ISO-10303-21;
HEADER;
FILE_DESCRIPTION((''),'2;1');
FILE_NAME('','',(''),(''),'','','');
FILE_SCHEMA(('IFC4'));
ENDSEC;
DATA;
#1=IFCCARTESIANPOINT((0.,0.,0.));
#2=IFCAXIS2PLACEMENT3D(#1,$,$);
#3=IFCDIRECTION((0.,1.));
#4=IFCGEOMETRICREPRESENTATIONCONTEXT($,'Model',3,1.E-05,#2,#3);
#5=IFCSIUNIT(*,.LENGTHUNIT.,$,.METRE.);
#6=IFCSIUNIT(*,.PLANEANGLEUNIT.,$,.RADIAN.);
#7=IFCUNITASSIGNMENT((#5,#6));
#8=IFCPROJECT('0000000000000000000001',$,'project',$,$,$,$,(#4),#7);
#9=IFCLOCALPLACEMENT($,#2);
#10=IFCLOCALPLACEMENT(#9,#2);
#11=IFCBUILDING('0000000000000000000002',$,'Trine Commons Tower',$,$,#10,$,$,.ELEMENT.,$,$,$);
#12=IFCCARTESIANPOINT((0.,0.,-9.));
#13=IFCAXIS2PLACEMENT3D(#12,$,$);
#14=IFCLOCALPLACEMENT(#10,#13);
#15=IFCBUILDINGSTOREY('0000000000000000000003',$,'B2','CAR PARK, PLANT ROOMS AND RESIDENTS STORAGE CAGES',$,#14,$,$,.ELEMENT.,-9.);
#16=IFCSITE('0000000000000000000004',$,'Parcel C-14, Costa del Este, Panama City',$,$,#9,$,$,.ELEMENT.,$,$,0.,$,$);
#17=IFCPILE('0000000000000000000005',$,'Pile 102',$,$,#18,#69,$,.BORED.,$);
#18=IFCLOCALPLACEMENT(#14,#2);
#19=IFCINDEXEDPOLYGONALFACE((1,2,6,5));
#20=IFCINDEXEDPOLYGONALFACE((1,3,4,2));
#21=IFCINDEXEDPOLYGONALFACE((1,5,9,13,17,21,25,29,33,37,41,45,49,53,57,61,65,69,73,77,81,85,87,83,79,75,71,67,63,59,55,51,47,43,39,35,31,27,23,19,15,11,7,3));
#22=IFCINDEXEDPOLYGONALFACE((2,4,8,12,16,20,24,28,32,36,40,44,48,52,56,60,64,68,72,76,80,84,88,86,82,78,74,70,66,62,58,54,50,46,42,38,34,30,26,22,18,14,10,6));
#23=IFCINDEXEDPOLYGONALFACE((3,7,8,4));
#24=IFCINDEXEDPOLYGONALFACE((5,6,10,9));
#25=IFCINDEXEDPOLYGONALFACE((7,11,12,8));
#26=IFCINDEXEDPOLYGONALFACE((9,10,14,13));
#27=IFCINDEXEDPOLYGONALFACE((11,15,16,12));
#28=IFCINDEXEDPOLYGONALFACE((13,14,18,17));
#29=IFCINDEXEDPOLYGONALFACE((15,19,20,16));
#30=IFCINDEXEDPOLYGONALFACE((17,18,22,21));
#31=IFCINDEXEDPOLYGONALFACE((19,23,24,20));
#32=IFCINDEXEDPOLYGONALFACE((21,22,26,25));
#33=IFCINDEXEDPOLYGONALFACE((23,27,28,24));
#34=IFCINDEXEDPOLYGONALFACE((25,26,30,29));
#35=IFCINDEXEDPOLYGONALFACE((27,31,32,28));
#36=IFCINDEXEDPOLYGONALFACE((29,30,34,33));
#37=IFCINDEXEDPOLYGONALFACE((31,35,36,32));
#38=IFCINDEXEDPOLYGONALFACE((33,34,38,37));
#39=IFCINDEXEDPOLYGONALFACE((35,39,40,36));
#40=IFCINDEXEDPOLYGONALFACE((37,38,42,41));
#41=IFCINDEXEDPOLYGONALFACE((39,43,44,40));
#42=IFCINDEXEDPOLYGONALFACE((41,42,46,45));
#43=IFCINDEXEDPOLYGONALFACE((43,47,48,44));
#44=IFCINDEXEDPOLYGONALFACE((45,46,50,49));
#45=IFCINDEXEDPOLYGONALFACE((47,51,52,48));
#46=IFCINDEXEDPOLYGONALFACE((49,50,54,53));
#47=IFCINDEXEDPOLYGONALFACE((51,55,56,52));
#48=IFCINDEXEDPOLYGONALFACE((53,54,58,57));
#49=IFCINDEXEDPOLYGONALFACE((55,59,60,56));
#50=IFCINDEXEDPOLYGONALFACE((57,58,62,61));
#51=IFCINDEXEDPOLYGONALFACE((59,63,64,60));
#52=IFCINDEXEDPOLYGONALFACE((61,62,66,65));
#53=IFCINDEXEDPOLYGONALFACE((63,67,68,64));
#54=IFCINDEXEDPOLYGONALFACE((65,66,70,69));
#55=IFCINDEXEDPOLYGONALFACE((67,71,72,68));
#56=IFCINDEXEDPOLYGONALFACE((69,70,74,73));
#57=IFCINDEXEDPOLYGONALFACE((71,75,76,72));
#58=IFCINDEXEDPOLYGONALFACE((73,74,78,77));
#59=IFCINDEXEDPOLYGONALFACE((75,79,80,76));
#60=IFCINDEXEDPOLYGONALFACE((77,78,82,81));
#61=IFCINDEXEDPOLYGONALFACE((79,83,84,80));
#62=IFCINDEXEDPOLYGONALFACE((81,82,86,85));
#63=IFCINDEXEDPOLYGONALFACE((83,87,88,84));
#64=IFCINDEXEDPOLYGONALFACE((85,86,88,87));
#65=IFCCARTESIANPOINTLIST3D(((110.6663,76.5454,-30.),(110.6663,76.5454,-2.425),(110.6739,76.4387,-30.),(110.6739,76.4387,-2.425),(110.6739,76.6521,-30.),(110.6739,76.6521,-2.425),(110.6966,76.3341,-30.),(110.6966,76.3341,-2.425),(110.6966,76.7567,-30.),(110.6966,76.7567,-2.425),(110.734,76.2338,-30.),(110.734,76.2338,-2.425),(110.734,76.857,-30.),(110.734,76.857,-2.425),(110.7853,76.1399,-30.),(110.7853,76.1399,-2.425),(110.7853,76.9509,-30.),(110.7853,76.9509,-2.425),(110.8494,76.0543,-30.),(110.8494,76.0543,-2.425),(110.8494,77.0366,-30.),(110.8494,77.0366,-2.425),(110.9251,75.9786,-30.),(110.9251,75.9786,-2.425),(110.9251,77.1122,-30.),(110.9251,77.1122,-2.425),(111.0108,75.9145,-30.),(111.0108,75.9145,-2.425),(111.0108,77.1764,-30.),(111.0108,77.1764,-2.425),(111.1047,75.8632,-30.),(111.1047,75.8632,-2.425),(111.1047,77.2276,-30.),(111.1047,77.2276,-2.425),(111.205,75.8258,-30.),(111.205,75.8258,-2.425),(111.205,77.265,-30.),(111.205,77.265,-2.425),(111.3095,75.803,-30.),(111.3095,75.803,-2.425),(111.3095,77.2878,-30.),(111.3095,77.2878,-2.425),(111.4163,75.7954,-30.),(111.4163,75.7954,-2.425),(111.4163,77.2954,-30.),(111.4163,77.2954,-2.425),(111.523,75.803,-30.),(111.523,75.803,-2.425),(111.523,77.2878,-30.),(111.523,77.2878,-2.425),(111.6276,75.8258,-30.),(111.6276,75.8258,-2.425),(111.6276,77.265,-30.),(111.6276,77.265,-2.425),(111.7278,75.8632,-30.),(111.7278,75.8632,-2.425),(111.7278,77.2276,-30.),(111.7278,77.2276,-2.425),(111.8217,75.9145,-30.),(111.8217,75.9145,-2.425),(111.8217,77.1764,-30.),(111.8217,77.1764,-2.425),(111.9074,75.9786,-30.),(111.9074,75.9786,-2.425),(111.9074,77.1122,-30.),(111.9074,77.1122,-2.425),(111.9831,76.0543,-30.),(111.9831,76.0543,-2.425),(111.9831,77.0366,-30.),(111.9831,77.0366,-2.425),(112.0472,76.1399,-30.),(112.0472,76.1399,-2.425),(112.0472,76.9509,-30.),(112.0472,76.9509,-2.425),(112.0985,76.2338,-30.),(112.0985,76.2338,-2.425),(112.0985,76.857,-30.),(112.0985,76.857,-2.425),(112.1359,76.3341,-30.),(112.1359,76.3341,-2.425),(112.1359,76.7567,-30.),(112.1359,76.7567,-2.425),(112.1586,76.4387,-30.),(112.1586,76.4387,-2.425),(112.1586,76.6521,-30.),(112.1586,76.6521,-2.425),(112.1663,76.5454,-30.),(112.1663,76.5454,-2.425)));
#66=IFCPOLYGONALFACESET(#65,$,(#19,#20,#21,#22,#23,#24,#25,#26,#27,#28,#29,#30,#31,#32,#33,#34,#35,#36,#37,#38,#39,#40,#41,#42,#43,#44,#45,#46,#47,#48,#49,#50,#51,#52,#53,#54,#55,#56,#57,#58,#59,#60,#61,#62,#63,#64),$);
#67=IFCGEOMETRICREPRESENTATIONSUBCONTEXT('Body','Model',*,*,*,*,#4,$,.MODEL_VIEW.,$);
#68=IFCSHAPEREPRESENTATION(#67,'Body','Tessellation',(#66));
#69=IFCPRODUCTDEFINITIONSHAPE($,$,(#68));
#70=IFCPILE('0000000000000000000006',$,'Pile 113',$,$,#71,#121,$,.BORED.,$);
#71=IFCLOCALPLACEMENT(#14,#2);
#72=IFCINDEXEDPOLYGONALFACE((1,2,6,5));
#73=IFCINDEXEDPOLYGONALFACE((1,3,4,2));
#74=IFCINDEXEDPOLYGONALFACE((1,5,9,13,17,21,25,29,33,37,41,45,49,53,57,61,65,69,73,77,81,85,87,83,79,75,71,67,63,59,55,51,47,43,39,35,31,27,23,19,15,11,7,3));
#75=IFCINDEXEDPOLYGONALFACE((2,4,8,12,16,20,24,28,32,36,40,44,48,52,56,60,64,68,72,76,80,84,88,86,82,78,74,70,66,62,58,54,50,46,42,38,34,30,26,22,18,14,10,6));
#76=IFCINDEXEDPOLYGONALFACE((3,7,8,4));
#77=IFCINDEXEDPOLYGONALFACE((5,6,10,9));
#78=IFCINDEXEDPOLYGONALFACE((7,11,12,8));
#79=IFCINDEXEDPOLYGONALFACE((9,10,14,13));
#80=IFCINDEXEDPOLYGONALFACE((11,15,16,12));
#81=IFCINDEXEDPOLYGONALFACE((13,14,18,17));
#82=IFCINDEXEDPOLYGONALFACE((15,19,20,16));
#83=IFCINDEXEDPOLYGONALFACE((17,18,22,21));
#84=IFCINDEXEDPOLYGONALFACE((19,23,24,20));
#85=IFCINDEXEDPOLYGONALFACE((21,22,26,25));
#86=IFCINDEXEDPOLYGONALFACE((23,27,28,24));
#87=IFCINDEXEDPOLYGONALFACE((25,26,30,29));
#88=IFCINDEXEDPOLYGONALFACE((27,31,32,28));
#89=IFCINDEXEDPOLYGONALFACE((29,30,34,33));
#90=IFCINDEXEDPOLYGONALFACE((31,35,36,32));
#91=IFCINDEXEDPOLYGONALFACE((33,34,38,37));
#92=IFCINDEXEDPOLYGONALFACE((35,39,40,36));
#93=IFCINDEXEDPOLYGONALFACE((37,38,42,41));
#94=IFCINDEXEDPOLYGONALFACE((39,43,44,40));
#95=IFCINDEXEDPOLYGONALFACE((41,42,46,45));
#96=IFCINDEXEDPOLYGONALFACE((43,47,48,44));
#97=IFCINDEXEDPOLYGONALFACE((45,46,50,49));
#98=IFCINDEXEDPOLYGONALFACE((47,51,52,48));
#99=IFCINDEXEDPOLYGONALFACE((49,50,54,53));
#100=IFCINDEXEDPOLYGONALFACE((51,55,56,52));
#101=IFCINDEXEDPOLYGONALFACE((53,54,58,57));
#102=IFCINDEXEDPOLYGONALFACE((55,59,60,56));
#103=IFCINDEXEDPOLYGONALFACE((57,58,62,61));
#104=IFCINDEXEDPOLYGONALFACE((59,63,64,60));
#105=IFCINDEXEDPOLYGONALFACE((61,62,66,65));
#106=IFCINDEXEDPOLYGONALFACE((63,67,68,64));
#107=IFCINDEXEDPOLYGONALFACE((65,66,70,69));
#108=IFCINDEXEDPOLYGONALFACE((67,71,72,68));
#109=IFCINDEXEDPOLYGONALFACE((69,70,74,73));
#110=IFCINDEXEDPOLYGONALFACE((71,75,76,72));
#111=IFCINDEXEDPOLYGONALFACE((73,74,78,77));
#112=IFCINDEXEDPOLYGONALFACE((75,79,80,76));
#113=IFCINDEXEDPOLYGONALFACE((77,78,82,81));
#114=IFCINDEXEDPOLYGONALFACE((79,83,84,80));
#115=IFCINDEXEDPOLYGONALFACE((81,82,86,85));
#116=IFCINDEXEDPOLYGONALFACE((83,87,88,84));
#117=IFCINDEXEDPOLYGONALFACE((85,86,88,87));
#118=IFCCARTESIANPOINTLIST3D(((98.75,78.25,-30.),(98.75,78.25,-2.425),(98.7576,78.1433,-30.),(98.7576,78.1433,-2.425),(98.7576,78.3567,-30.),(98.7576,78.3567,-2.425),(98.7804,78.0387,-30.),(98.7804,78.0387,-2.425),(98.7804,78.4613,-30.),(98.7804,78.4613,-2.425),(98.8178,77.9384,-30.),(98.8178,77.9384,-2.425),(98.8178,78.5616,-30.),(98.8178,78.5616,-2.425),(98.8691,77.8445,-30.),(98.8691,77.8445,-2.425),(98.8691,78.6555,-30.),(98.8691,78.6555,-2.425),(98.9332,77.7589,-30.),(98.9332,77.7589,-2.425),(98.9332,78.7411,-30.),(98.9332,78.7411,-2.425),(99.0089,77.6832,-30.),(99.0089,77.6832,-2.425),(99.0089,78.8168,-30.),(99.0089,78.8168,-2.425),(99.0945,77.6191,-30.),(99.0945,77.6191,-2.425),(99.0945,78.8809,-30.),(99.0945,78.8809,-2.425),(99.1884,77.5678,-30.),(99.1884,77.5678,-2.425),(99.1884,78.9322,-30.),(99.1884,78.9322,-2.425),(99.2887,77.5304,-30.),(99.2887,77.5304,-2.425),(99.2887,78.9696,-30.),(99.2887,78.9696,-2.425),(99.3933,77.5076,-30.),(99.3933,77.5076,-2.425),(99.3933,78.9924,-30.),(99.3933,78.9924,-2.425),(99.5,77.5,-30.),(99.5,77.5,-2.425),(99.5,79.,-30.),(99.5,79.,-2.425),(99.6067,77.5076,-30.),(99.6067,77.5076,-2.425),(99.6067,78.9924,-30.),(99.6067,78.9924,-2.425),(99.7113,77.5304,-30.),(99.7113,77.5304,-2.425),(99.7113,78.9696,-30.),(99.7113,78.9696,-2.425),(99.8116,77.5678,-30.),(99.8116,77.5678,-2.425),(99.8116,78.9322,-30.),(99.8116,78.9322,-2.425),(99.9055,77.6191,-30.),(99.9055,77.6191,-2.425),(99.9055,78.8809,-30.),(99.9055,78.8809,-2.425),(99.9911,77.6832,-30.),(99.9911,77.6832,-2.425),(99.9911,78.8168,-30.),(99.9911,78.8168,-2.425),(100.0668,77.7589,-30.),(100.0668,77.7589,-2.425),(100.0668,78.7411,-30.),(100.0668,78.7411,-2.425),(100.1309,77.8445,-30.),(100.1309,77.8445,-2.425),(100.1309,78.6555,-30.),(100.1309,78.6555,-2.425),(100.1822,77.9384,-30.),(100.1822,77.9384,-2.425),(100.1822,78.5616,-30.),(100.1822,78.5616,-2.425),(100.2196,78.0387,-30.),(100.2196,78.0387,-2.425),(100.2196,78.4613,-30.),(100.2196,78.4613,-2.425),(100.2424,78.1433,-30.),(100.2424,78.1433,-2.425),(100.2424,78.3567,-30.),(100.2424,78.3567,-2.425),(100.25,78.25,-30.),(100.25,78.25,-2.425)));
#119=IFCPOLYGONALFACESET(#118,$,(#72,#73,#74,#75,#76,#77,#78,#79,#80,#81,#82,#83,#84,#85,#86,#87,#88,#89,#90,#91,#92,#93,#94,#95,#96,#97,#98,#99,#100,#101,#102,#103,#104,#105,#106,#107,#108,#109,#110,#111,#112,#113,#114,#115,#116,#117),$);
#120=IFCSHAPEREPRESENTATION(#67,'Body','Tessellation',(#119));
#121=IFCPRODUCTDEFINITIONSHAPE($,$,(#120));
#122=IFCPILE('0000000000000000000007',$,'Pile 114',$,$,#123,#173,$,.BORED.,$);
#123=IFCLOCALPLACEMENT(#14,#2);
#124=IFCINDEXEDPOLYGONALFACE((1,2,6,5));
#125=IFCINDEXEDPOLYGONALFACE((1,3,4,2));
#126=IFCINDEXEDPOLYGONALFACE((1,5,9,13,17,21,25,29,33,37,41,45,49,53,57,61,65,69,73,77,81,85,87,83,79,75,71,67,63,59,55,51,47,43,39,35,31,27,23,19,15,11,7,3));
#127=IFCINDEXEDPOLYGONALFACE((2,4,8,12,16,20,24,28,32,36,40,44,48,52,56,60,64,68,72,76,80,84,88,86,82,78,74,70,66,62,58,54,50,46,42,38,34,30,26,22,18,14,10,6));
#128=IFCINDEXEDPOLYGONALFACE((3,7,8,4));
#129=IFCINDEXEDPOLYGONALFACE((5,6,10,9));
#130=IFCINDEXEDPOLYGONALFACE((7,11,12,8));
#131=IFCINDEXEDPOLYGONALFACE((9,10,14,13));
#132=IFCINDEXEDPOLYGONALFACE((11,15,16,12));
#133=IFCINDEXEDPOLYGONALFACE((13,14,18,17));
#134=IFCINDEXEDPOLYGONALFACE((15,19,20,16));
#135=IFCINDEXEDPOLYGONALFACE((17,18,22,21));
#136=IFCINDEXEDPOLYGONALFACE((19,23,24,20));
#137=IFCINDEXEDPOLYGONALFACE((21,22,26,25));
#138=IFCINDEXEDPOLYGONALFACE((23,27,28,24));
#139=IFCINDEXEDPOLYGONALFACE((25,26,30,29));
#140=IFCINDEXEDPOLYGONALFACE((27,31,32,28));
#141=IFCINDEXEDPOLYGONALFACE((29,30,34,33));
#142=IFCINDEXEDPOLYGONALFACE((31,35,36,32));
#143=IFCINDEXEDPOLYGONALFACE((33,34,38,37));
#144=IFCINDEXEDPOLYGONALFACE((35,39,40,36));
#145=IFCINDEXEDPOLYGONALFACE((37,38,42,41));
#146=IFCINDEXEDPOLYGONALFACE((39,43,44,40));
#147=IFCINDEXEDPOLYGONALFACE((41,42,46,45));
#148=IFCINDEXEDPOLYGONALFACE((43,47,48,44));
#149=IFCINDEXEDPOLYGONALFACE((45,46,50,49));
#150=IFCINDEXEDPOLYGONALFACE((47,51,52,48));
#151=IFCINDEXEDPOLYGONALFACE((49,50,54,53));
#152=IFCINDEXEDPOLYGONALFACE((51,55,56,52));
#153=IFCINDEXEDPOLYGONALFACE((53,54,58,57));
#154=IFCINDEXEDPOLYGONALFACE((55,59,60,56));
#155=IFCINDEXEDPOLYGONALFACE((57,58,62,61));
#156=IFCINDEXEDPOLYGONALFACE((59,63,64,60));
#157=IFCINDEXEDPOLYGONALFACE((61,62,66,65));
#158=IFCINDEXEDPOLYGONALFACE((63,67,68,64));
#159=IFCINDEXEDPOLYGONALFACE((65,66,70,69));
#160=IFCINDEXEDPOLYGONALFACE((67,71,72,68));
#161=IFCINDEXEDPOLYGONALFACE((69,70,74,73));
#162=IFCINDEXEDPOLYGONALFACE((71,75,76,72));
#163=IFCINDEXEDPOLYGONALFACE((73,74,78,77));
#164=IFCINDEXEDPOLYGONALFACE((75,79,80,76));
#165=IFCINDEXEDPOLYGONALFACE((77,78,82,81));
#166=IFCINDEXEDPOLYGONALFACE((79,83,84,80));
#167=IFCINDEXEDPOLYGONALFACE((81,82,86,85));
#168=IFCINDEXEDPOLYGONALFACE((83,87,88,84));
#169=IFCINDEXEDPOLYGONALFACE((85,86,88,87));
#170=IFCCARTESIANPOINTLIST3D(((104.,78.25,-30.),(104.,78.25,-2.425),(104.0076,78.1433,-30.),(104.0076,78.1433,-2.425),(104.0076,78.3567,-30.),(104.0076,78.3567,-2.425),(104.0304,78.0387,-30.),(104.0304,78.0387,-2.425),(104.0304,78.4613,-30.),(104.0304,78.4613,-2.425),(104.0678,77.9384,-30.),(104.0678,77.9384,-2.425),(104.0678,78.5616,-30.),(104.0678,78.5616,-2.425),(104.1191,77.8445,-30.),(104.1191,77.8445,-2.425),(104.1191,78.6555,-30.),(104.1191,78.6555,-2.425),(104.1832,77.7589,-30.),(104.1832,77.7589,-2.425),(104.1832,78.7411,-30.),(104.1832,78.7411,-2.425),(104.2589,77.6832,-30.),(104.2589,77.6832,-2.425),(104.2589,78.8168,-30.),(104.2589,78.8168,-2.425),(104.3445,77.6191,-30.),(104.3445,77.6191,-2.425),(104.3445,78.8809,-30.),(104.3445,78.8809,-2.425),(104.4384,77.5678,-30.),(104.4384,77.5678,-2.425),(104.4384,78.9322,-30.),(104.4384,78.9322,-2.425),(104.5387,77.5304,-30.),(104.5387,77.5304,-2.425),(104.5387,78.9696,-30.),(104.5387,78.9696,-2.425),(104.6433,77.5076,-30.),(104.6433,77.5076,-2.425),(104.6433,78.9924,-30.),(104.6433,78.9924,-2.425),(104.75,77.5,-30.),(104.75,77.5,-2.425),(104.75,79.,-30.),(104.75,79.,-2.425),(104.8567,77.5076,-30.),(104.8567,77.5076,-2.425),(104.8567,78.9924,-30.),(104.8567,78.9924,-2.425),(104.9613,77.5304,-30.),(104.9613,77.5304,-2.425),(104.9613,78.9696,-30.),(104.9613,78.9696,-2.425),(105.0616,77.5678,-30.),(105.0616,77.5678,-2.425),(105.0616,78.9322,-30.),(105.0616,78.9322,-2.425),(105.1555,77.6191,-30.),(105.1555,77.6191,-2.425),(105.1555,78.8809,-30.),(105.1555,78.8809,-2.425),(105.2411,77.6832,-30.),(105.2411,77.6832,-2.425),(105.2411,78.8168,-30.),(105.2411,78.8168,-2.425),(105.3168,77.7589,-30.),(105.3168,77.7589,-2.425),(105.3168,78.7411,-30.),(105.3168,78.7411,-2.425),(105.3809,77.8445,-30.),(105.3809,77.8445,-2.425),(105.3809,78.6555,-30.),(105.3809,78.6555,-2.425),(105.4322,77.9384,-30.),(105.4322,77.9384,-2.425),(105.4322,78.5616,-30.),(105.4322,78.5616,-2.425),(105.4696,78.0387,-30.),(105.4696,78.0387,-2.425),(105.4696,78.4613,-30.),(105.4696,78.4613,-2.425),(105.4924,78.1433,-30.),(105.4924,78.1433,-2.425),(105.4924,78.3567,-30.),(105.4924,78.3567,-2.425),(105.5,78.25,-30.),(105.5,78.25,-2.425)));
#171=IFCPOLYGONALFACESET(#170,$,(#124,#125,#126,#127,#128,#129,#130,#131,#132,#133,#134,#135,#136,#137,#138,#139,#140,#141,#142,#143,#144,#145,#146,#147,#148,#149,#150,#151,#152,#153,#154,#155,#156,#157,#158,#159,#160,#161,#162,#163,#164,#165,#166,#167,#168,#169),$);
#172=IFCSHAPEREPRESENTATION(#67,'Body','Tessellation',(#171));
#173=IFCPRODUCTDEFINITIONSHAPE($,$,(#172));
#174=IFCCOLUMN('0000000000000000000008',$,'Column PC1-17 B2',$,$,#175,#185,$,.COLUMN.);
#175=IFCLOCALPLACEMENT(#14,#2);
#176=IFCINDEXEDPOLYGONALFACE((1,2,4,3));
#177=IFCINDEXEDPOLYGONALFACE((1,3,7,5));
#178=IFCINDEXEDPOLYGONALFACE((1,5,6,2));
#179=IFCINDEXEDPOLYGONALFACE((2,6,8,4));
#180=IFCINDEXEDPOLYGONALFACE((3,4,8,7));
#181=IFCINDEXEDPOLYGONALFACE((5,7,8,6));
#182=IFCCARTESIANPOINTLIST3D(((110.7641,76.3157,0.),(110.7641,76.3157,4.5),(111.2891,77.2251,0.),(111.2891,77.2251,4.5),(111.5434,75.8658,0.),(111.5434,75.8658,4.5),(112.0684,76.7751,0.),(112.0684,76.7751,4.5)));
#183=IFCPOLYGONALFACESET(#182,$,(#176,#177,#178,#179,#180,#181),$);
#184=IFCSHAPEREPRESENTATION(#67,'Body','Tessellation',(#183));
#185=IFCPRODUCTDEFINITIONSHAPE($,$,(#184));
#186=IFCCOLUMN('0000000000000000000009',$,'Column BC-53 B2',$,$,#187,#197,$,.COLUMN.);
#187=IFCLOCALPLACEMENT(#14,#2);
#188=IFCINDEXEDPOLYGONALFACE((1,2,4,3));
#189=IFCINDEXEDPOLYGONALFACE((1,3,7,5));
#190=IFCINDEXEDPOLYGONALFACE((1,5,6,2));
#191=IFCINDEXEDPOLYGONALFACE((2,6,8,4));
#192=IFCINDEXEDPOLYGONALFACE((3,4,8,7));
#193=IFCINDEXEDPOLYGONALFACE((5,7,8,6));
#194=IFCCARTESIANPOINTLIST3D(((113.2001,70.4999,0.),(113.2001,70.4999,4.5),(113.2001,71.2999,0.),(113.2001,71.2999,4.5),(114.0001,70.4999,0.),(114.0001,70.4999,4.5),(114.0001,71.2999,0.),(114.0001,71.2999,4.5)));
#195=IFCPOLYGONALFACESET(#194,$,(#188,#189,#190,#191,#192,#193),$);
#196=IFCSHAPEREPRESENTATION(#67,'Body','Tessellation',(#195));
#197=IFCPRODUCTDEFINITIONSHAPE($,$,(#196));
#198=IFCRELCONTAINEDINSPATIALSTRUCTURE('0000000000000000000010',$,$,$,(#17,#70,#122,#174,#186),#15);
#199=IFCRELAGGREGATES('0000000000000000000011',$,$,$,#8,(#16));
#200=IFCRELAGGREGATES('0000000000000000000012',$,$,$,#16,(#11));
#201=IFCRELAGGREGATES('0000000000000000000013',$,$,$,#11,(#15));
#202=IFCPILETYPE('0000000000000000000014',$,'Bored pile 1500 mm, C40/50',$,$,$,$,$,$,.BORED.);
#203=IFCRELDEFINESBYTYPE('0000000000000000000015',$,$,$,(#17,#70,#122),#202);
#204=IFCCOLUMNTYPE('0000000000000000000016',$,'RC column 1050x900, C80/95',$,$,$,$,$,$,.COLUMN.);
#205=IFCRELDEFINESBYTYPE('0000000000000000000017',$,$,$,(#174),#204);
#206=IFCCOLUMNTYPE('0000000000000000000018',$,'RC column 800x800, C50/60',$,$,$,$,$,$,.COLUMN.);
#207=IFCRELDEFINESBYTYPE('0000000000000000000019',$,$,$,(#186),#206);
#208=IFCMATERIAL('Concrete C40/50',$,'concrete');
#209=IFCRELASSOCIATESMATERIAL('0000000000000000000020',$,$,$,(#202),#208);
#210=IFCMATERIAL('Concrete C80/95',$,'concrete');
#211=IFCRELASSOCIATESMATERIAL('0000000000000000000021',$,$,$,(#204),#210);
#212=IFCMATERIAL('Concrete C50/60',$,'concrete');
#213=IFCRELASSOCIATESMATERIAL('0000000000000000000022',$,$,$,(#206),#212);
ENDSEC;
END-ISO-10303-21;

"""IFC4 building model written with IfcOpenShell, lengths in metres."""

from ifc_helpers import new_model, si_unit, direction, frame, origin, origin_2d, place, context, subcontext, project, spatial, rectangle, circle, extrude, material, material_profile, profile_set, type_object, element, save


model = new_model("IFC4")

# Units and contexts
model_context = context("Model", 3, precision=1e-05, world=origin(), true_north=direction((0.0, 1.0)))
body_context = subcontext(model_context, "Body", "Model", "MODEL_VIEW")
ifc_project = project(units=[si_unit("LENGTHUNIT", "METRE"), si_unit("PLANEANGLEUNIT", "RADIAN")], contexts=[model_context])

# Site, building, storey
site_placement = place(None, origin())
site = spatial("IfcSite", under=ifc_project, at=site_placement, Name="Parcel C-14, Costa del Este, Panama City", CompositionType="ELEMENT", RefElevation=0.0)
building_placement = place(site_placement, origin())
building = spatial("IfcBuilding", under=site, at=building_placement, Name="Trine Commons Tower", CompositionType="ELEMENT")
storey_placement = place(building_placement, frame((0.0, 0.0, -9.0)))
storey = spatial("IfcBuildingStorey", under=building, at=storey_placement, Name="B2", Description="CAR PARK, PLANT ROOMS AND RESIDENTS STORAGE CAGES", CompositionType="ELEMENT", Elevation=-9.0)

# Piles
ifc_material_1 = material(Name="Concrete C40/50", Category="concrete")
pile_type_1 = type_object("IfcPileType", Name="Bored pile 1500 mm, C40/50", PredefinedType="BORED", material=ifc_material_1)
for number, where, z_axis, x_axis, name in (
    (1, (111.4163, 76.5454, -2.425), (0.0, 0.0, -1.0), (1.0, 0.0, 0.0), "Pile 102"),
    (2, (99.5, 78.25, -2.425), (0.0, 0.0, -1.0), (1.0, 0.0, 0.0), "Pile 113"),
    (3, (104.75, 78.25, -2.425), (0.0, 0.0, -1.0), (1.0, 0.0, 0.0), "Pile 114"),
):
    element("IfcPile", number, at=place(storey_placement, frame(where, z_axis=z_axis, x_axis=x_axis)), inside=storey, type_object=pile_type_1, Name=name, PredefinedType="BORED", context=body_context, shape_type="SweptSolid", body=[
        extrude(circle(Radius=0.75, at=origin_2d()), origin(), (0.0, 0.0, 1.0), 27.575),
    ])

# Columns
ifc_material_2 = material(Name="Concrete C80/95", Category="concrete")
ifc_material_profile_1 = material_profile(ifc_material_2, rectangle(XDim=1.05, YDim=0.8999, at=origin_2d()), Name="RC 1050x900")
ifc_profile_set_1 = profile_set([ifc_material_profile_1], Name="Concrete C80/95")
column_type_1 = type_object("IfcColumnType", Name="RC column 1050x900, C80/95", PredefinedType="COLUMN", material=ifc_profile_set_1)
column_1_placement = place(storey_placement, frame((111.4163, 76.5454, 0.0), z_axis=(0.0, 0.0, 1.0), x_axis=(0.5, 0.866025, 0.0)))
element("IfcColumn", 4, at=column_1_placement, inside=storey, type_object=column_type_1, Name="Column PC1-17 B2", PredefinedType="COLUMN", context=body_context, shape_type="SweptSolid", body=[
    extrude(rectangle(XDim=1.05, YDim=0.8999, at=origin_2d()), origin(), (0.0, 0.0, 1.0), 4.5),
])
ifc_material_3 = material(Name="Concrete C50/60", Category="concrete")
ifc_material_profile_2 = material_profile(ifc_material_3, rectangle(XDim=0.8, YDim=0.8, at=origin_2d()), Name="RC 800x800")
ifc_profile_set_2 = profile_set([ifc_material_profile_2], Name="Concrete C50/60")
column_type_2 = type_object("IfcColumnType", Name="RC column 800x800, C50/60", PredefinedType="COLUMN", material=ifc_profile_set_2)
column_2_placement = place(storey_placement, frame((113.6001, 70.8999, 0.0), z_axis=(0.0, 0.0, 1.0), x_axis=(1.0, 0.0, 0.0)))
element("IfcColumn", 5, at=column_2_placement, inside=storey, type_object=column_type_2, Name="Column BC-53 B2", PredefinedType="COLUMN", context=body_context, shape_type="SweptSolid", body=[
    extrude(rectangle(XDim=0.8, YDim=0.8, at=origin_2d()), origin(), (0.0, 0.0, 1.0), 4.5),
])

save(model, "model.ifc")
